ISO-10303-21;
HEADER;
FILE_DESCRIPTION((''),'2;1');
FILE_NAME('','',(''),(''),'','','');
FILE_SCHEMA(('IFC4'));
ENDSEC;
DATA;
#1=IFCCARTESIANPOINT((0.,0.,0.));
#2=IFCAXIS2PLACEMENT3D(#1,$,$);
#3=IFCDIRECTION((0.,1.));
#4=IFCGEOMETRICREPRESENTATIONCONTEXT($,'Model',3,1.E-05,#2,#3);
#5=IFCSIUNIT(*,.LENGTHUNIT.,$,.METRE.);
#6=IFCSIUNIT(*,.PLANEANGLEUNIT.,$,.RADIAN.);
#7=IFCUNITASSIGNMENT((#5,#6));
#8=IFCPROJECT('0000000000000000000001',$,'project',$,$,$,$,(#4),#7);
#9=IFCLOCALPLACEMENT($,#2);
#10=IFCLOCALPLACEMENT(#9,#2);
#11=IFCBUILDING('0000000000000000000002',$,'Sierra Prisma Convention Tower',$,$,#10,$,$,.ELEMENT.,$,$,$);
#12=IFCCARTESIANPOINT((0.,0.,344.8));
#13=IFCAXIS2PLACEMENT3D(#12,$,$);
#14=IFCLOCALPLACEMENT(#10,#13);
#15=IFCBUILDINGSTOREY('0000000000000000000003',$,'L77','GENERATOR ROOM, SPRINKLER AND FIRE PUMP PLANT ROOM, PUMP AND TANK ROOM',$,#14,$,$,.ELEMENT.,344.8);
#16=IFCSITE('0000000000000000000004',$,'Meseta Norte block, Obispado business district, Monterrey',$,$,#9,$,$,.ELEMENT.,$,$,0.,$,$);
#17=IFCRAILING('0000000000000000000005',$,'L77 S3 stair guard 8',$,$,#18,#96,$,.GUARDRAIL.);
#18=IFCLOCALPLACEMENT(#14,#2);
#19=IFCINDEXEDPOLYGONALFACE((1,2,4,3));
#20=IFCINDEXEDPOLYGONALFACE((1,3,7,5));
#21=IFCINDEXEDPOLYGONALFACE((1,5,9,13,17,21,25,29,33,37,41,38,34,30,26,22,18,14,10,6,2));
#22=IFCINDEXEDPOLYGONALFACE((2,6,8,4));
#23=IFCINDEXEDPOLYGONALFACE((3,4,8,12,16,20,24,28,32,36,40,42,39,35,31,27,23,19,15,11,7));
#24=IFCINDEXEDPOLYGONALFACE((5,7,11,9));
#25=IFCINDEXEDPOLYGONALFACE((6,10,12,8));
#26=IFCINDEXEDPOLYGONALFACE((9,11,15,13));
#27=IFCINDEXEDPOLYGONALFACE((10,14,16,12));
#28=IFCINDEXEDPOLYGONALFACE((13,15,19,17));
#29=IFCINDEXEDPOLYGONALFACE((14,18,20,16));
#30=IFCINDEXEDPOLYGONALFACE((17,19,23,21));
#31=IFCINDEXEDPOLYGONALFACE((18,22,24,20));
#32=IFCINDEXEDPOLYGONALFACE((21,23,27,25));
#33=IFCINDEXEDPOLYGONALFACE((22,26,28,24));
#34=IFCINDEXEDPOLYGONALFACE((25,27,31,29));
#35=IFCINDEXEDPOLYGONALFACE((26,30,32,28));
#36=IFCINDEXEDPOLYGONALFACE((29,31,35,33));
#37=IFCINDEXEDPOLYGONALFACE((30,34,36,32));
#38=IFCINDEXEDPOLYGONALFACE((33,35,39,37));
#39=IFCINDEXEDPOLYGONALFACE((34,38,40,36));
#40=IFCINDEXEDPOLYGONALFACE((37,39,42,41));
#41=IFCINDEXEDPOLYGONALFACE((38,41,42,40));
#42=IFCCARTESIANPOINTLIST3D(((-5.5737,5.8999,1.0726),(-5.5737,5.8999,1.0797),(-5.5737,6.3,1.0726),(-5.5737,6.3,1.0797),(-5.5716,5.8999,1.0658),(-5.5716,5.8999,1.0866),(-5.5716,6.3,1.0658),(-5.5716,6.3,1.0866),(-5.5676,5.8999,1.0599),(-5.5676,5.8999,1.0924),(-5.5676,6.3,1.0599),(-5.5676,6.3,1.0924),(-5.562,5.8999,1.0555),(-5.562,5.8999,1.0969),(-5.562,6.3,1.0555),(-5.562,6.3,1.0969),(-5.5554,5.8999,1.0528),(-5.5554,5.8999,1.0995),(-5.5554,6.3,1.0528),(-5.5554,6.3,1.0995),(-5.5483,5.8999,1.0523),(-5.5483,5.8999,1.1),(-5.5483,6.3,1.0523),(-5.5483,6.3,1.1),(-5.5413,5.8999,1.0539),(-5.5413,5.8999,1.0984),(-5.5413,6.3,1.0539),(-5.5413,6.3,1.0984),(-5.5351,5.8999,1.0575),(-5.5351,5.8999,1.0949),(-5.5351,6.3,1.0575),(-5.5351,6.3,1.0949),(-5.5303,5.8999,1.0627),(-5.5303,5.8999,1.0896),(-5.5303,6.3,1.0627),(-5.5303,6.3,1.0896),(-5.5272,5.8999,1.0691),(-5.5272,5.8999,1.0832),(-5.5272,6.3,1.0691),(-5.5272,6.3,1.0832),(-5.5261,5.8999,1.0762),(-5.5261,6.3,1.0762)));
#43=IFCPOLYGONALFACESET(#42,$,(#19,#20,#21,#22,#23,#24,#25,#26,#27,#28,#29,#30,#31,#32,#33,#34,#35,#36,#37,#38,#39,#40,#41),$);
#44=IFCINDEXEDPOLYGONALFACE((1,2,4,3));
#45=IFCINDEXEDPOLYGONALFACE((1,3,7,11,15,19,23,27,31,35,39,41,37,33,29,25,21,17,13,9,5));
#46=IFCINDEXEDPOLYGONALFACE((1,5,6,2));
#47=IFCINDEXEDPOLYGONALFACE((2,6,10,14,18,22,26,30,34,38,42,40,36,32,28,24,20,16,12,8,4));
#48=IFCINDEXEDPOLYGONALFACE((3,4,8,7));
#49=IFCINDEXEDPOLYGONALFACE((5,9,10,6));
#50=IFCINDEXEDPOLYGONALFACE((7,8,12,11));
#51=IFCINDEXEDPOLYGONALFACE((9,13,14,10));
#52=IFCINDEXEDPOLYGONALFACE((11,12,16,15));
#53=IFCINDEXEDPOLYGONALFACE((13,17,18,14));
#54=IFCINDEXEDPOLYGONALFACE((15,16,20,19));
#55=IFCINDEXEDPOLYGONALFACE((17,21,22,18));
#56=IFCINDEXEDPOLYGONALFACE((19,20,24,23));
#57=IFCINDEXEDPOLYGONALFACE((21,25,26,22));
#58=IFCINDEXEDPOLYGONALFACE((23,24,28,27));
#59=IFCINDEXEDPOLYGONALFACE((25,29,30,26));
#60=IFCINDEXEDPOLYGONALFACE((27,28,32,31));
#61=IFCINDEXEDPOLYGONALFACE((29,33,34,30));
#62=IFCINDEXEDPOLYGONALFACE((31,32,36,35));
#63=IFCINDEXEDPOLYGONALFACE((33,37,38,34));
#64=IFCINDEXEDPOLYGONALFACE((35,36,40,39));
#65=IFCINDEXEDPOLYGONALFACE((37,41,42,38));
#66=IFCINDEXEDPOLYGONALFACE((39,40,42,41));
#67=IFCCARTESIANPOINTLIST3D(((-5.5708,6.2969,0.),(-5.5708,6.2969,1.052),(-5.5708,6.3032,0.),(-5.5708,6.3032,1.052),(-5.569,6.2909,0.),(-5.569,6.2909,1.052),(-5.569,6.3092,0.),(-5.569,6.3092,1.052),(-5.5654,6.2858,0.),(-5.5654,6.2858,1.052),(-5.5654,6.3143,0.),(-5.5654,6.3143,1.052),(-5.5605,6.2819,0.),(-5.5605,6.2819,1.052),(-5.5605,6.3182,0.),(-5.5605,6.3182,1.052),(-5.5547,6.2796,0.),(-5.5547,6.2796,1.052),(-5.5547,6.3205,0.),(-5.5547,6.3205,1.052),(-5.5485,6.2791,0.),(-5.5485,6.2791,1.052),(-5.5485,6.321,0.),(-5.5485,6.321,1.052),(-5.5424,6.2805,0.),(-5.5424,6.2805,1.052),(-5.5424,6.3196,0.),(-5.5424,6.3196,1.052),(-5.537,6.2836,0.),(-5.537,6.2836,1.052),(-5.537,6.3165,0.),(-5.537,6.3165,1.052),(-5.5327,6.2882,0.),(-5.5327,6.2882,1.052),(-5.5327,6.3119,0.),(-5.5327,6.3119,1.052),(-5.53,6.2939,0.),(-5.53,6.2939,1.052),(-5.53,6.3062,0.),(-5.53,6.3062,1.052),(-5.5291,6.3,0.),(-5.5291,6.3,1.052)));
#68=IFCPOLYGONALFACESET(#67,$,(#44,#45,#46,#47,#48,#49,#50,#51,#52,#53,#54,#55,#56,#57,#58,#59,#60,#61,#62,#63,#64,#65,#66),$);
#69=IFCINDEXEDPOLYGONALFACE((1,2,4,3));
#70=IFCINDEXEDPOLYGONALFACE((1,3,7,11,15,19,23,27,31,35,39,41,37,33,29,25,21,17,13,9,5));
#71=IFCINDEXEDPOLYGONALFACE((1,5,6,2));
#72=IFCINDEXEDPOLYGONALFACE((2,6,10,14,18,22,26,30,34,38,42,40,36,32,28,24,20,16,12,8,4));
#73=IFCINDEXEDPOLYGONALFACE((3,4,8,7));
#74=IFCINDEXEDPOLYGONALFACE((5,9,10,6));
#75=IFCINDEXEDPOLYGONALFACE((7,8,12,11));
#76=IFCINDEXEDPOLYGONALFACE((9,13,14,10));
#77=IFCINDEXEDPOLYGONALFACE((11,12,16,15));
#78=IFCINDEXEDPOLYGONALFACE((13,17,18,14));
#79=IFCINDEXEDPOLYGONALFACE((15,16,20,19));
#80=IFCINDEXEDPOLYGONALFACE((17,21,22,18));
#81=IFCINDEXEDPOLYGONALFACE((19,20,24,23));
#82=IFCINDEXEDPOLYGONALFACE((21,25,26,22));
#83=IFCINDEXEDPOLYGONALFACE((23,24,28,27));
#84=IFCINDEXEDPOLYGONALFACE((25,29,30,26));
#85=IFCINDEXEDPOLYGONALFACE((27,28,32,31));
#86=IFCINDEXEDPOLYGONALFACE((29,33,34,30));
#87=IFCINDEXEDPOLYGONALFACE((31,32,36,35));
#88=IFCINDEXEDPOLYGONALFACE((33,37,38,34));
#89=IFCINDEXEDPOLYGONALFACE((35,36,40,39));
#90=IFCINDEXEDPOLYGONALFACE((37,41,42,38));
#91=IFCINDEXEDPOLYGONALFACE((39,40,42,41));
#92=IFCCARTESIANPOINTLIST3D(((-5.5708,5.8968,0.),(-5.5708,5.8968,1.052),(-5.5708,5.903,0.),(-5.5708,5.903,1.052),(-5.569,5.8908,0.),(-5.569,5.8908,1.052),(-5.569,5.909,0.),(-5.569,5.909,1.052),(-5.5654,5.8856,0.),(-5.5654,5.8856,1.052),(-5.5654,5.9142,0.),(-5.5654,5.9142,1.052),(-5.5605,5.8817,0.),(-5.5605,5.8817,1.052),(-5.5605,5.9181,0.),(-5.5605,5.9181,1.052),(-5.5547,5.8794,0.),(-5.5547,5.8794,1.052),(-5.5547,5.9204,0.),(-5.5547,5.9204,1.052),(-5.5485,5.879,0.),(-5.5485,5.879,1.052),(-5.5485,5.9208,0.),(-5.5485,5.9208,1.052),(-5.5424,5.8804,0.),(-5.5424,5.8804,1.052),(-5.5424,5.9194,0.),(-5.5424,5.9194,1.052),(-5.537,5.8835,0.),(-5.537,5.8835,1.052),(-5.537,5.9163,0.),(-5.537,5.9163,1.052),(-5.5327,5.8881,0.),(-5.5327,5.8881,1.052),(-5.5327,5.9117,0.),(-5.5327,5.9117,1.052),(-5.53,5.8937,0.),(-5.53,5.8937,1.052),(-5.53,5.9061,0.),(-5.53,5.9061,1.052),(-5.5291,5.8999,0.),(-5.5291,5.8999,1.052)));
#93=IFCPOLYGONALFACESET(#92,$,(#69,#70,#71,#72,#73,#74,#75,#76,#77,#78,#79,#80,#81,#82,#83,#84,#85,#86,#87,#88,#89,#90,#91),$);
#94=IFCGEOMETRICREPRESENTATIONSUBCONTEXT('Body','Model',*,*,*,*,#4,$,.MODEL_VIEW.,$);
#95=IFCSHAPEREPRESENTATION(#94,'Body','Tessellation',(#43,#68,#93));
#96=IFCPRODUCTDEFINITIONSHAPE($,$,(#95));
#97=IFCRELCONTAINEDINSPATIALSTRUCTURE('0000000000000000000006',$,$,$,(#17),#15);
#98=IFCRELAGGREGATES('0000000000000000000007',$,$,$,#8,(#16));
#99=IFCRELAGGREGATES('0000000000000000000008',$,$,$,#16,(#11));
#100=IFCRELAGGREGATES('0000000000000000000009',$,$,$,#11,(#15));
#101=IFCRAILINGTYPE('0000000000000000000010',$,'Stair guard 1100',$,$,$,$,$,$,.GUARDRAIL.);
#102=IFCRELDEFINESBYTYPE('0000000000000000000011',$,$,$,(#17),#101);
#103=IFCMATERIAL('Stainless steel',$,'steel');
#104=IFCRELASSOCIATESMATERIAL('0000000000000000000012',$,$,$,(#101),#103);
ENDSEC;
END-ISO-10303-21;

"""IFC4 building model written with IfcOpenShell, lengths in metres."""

from ifc_helpers import new_model, si_unit, direction, frame, origin, origin_2d, place, context, subcontext, project, spatial, circle, extrude, material, type_object, element, save


model = new_model("IFC4")

# Units and contexts
model_context = context("Model", 3, precision=1e-05, world=origin(), true_north=direction((0.0, 1.0)))
body_context = subcontext(model_context, "Body", "Model", "MODEL_VIEW")
ifc_project = project(units=[si_unit("LENGTHUNIT", "METRE"), si_unit("PLANEANGLEUNIT", "RADIAN")], contexts=[model_context])

# Site, building, storey
site_placement = place(None, origin())
site = spatial("IfcSite", under=ifc_project, at=site_placement, Name="Meseta Norte block, Obispado business district, Monterrey", CompositionType="ELEMENT", RefElevation=0.0)
building_placement = place(site_placement, origin())
building = spatial("IfcBuilding", under=site, at=building_placement, Name="Sierra Prisma Convention Tower", CompositionType="ELEMENT")
storey_placement = place(building_placement, frame((0.0, 0.0, 344.8)))
storey = spatial("IfcBuildingStorey", under=building, at=storey_placement, Name="L77", Description="GENERATOR ROOM, SPRINKLER AND FIRE PUMP PLANT ROOM, PUMP AND TANK ROOM", CompositionType="ELEMENT", Elevation=344.8)

# Railing
ifc_material_1 = material(Name="Stainless steel", Category="steel")
railing_type_1 = type_object("IfcRailingType", Name="Stair guard 1100", PredefinedType="GUARDRAIL", material=ifc_material_1)
railing_1_placement = place(storey_placement, frame((-5.55, 6.3, 0.0)))
element("IfcRailing", 1, at=railing_1_placement, inside=storey, type_object=railing_type_1, Name="L77 S3 stair guard 8", PredefinedType="GUARDRAIL", context=body_context, shape_type="SweptSolid", body=[
    extrude(circle(Radius=0.0239, at=origin_2d()), frame((0.0, 0.0, 1.0762), z_axis=(0.0, -1.0, 0.0), x_axis=(1.0, 0.0, 0.0)), (0.0, 0.0, 1.0), 0.4001),
    extrude(circle(Radius=0.021, at=origin_2d()), origin(), (0.0, 0.0, 1.0), 1.052),
    extrude(circle(Radius=0.021, at=origin_2d()), frame((0.0, -0.4001, 0.0)), (0.0, 0.0, 1.0), 1.052),
])

save(model, "model.ifc")
